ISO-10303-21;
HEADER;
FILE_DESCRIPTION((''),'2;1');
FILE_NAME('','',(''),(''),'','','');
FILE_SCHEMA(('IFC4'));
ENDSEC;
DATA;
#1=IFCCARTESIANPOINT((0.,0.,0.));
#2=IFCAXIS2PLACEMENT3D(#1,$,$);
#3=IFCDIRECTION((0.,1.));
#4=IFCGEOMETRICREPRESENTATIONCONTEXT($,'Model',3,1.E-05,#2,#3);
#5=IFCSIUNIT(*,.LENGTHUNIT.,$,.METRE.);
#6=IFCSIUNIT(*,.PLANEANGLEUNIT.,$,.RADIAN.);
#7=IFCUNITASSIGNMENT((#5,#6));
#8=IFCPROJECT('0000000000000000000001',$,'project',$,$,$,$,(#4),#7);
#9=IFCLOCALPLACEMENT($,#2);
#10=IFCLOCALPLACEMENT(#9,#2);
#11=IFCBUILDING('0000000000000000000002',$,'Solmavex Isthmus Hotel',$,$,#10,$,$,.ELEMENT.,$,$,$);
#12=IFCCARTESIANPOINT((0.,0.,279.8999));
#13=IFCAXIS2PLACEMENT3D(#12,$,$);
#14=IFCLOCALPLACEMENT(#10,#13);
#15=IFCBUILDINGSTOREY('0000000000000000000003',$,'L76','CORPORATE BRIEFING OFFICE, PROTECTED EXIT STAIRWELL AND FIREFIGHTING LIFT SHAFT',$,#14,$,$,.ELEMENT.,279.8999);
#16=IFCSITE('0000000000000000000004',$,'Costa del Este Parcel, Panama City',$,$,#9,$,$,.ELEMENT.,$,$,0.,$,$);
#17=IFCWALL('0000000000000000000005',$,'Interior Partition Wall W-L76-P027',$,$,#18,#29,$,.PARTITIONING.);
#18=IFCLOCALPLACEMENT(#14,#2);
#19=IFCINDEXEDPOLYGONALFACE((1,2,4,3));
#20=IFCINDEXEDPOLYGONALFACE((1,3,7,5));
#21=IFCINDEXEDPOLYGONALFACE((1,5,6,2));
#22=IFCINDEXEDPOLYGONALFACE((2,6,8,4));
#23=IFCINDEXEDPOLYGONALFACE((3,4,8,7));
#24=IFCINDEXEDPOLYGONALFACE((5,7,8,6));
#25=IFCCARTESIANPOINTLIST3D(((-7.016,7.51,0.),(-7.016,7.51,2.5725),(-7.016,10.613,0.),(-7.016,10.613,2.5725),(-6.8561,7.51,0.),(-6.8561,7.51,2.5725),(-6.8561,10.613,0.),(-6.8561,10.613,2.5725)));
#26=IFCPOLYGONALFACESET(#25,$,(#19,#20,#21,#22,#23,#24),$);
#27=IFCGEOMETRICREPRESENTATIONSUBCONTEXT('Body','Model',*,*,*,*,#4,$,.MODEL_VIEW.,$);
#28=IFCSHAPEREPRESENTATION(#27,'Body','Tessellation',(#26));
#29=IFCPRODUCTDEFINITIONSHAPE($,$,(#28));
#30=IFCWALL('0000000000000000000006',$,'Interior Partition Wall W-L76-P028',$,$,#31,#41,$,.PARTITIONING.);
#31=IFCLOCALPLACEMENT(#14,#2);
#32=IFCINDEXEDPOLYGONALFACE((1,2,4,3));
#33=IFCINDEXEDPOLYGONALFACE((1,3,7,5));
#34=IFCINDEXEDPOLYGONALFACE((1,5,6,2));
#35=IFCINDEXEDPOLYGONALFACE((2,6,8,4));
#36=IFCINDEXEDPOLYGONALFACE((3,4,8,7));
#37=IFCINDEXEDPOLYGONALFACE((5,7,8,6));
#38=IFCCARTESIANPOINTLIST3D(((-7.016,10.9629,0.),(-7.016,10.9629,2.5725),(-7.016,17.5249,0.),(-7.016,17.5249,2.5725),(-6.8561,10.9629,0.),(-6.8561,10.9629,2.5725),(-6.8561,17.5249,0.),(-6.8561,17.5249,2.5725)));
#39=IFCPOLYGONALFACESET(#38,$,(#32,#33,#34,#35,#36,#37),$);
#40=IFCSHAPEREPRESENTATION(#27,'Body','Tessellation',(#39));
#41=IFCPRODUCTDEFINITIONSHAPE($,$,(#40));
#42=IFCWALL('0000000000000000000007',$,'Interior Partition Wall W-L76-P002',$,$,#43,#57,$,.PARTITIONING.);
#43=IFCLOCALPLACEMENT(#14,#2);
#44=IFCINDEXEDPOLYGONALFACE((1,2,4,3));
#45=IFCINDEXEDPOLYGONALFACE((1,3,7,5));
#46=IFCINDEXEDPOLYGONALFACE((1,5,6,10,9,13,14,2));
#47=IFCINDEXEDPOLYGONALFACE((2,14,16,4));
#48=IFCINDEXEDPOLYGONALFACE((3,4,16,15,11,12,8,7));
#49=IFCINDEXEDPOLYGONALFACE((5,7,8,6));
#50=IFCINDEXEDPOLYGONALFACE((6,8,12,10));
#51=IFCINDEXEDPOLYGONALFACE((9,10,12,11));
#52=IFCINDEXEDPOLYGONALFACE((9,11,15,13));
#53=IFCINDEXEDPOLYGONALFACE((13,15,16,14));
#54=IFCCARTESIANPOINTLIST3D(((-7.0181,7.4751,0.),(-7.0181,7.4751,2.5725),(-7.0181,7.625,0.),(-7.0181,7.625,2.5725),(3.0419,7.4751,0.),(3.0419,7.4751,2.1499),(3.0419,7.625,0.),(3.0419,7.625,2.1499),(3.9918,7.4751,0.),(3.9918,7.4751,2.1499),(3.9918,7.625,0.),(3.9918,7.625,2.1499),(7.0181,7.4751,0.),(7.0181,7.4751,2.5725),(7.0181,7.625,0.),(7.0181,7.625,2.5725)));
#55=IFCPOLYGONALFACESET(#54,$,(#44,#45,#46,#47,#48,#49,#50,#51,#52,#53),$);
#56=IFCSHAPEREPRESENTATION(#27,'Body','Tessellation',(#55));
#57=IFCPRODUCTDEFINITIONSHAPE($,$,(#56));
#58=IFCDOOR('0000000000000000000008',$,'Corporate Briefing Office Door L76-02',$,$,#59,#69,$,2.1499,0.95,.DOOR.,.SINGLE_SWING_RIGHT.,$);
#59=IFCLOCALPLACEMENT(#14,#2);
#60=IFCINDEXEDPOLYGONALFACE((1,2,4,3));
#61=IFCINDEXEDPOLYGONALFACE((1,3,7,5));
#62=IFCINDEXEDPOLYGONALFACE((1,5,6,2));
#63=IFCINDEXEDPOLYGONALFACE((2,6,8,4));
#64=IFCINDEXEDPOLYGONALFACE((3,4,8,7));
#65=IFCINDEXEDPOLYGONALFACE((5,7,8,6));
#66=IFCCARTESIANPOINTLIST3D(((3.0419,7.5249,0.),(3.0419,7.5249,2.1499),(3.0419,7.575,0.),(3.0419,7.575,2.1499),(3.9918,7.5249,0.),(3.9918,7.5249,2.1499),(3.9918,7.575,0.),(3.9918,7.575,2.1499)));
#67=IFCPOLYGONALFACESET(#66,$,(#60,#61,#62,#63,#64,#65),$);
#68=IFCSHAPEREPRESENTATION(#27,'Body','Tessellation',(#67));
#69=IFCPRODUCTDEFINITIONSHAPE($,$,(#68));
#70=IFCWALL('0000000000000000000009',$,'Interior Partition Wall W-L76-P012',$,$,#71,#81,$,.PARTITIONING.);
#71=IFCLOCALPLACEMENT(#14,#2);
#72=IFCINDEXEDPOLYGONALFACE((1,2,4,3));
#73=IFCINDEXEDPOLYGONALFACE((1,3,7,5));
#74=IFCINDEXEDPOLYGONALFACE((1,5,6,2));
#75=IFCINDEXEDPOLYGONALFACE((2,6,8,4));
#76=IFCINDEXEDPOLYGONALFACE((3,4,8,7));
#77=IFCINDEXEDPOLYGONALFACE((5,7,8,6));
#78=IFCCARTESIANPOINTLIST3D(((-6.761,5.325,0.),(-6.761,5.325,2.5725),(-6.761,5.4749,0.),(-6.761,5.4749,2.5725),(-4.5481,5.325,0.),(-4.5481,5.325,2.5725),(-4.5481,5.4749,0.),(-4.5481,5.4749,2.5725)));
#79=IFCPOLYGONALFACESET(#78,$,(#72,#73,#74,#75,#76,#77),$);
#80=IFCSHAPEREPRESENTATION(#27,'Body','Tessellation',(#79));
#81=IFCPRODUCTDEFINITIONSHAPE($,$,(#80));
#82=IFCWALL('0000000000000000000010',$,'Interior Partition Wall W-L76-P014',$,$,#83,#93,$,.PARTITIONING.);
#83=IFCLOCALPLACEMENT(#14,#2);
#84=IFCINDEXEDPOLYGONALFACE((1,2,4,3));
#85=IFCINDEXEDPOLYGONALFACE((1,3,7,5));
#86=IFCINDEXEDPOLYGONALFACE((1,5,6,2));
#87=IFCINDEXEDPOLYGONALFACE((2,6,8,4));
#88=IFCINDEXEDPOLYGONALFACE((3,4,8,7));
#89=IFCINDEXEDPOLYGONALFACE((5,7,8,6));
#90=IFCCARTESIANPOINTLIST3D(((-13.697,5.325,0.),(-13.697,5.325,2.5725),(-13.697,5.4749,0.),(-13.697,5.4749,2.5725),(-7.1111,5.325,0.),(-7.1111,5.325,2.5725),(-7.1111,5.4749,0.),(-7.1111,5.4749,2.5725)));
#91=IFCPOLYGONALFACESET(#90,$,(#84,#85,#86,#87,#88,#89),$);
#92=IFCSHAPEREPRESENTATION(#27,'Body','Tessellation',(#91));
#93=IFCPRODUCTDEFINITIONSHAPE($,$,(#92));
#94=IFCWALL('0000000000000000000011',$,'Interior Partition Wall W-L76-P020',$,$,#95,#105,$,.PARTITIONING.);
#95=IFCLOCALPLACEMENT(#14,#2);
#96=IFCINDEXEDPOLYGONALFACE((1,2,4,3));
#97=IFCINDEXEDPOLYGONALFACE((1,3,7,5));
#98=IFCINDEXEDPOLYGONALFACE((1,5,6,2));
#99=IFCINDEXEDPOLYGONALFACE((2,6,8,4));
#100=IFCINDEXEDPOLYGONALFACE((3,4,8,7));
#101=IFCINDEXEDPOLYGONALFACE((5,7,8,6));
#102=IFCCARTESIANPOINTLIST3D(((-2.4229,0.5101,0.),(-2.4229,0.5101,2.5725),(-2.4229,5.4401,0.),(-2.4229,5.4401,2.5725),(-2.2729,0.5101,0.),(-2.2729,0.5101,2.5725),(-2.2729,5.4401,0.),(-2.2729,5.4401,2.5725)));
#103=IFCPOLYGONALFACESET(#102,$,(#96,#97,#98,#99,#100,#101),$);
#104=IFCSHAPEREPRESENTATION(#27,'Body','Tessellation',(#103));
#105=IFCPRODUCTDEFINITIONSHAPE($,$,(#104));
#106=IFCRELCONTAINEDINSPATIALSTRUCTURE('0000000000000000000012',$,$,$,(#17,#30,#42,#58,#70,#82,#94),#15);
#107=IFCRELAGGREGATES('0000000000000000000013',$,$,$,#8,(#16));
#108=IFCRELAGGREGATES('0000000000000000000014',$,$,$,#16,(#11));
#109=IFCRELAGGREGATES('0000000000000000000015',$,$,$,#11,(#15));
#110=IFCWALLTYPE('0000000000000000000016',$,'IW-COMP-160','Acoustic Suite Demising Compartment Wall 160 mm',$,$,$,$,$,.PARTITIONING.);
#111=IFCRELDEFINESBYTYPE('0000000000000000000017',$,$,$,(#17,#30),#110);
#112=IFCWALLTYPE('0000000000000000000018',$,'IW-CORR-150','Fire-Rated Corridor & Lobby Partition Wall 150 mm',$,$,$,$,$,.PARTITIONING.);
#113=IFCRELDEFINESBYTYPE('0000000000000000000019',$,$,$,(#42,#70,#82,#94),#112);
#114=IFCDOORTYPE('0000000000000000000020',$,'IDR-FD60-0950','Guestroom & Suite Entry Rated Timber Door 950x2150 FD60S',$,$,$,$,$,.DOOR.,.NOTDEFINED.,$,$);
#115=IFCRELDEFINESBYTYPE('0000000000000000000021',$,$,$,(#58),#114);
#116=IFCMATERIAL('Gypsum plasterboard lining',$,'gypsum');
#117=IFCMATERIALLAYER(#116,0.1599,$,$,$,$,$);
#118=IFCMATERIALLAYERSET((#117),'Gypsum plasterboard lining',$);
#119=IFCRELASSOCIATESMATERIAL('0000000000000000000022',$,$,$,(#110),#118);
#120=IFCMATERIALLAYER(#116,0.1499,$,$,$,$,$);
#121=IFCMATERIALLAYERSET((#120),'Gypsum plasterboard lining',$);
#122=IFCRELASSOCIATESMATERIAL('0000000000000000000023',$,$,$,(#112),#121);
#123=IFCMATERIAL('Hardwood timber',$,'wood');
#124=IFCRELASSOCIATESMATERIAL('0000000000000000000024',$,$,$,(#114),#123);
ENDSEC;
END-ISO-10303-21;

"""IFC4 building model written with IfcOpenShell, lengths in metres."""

from ifc_helpers import new_model, si_unit, direction, frame, frame_2d, origin, place, context, subcontext, project, spatial, rectangle, extrude, material, layer, layer_set, type_object, element, fill, save


model = new_model("IFC4")

# Units and contexts
model_context = context("Model", 3, precision=1e-05, world=origin(), true_north=direction((0.0, 1.0)))
body_context = subcontext(model_context, "Body", "Model", "MODEL_VIEW")
ifc_project = project(units=[si_unit("LENGTHUNIT", "METRE"), si_unit("PLANEANGLEUNIT", "RADIAN")], contexts=[model_context])

# Site, building, storey
site_placement = place(None, origin())
site = spatial("IfcSite", under=ifc_project, at=site_placement, Name="Costa del Este Parcel, Panama City", CompositionType="ELEMENT", RefElevation=0.0)
building_placement = place(site_placement, origin())
building = spatial("IfcBuilding", under=site, at=building_placement, Name="Solmavex Isthmus Hotel", CompositionType="ELEMENT")
storey_placement = place(building_placement, frame((0.0, 0.0, 279.8999)))
storey = spatial("IfcBuildingStorey", under=building, at=storey_placement, Name="L76", Description="CORPORATE BRIEFING OFFICE, PROTECTED EXIT STAIRWELL AND FIREFIGHTING LIFT SHAFT", CompositionType="ELEMENT", Elevation=279.8999)

# Walls
ifc_material_1 = material(Name="Gypsum plasterboard lining", Category="gypsum")
ifc_layer_1 = layer(ifc_material_1, 0.1599)
ifc_layer_set_1 = layer_set([ifc_layer_1], Name="Gypsum plasterboard lining")
wall_type_1 = type_object("IfcWallType", Name="IW-COMP-160", Description="Acoustic Suite Demising Compartment Wall 160 mm", PredefinedType="PARTITIONING", material=ifc_layer_set_1)
wall_1_placement = place(storey_placement, frame((-6.936, 10.613, 0.0), z_axis=(0.0, 0.0, 1.0), x_axis=(0.0, -1.0, 0.0)))
element("IfcWall", 1, at=wall_1_placement, inside=storey, type_object=wall_type_1, Name="Interior Partition Wall W-L76-P027", PredefinedType="PARTITIONING", context=body_context, shape_type="SweptSolid", body=[
    extrude(rectangle(XDim=3.103, YDim=0.1599, at=frame_2d((1.5515, 0.0))), origin(), (0.0, 0.0, 1.0), 2.5725),
])
wall_2_placement = place(storey_placement, frame((-6.936, 17.5249, 0.0), z_axis=(0.0, 0.0, 1.0), x_axis=(0.0, -1.0, 0.0)))
element("IfcWall", 2, at=wall_2_placement, inside=storey, type_object=wall_type_1, Name="Interior Partition Wall W-L76-P028", PredefinedType="PARTITIONING", context=body_context, shape_type="SweptSolid", body=[
    extrude(rectangle(XDim=6.562, YDim=0.1599, at=frame_2d((3.281, 0.0))), origin(), (0.0, 0.0, 1.0), 2.5725),
])

# Wall, opening, door
ifc_layer_2 = layer(ifc_material_1, 0.1499)
ifc_layer_set_2 = layer_set([ifc_layer_2], Name="Gypsum plasterboard lining")
wall_type_2 = type_object("IfcWallType", Name="IW-CORR-150", Description="Fire-Rated Corridor & Lobby Partition Wall 150 mm", PredefinedType="PARTITIONING", material=ifc_layer_set_2)
wall_3_placement = place(storey_placement, frame((-7.0181, 7.55, 0.0), z_axis=(0.0, 0.0, 1.0), x_axis=(1.0, 0.0, 0.0)))
wall_3 = element("IfcWall", 3, at=wall_3_placement, inside=storey, type_object=wall_type_2, Name="Interior Partition Wall W-L76-P002", PredefinedType="PARTITIONING", context=body_context, shape_type="SweptSolid", body=[
    extrude(rectangle(XDim=14.0361, YDim=0.1499, at=frame_2d((7.0181, 0.0))), origin(), (0.0, 0.0, 1.0), 2.5725),
])
opening_placement = place(wall_3_placement, frame((10.0598, 0.0, 0.0)))
opening = element("IfcOpeningElement", 4, at=opening_placement, cuts=wall_3, PredefinedType="OPENING", context=body_context, shape_type="SweptSolid", body=[
    extrude(rectangle(XDim=0.95, YDim=2.1499, at=frame_2d((0.4751, 1.075))), frame((0.0, 0.085, 0.0), z_axis=(0.0, -1.0, 0.0), x_axis=(1.0, 0.0, 0.0)), (0.0, 0.0, 1.0), 0.1699),
])
ifc_material_2 = material(Name="Hardwood timber", Category="wood")
door_type = type_object("IfcDoorType", Name="IDR-FD60-0950", Description="Guestroom & Suite Entry Rated Timber Door 950x2150 FD60S", OperationType="NOTDEFINED", PredefinedType="DOOR", material=ifc_material_2)
door_placement = place(opening_placement, origin())
door = element("IfcDoor", 5, at=door_placement, inside=storey, type_object=door_type, Name="Corporate Briefing Office Door L76-02", OperationType="SINGLE_SWING_RIGHT", OverallHeight=2.1499, OverallWidth=0.95, PredefinedType="DOOR", context=body_context, shape_type="SweptSolid", body=[
    extrude(rectangle(XDim=0.95, YDim=2.1499, at=frame_2d((0.4751, 1.075))), frame((0.0, 0.0249, 0.0), z_axis=(0.0, -1.0, 0.0), x_axis=(1.0, 0.0, 0.0)), (0.0, 0.0, 1.0), 0.05),
])
fill(opening, door)

# Walls
wall_4_placement = place(storey_placement, frame((-4.5481, 5.3999, 0.0), z_axis=(0.0, 0.0, 1.0), x_axis=(-1.0, 0.0, 0.0)))
element("IfcWall", 6, at=wall_4_placement, inside=storey, type_object=wall_type_2, Name="Interior Partition Wall W-L76-P012", PredefinedType="PARTITIONING", context=body_context, shape_type="SweptSolid", body=[
    extrude(rectangle(XDim=2.2129, YDim=0.1499, at=frame_2d((1.1064, 0.0))), origin(), (0.0, 0.0, 1.0), 2.5725),
])
wall_5_placement = place(storey_placement, frame((-7.1111, 5.3999, 0.0), z_axis=(0.0, 0.0, 1.0), x_axis=(-1.0, 0.0, 0.0)))
element("IfcWall", 7, at=wall_5_placement, inside=storey, type_object=wall_type_2, Name="Interior Partition Wall W-L76-P014", PredefinedType="PARTITIONING", context=body_context, shape_type="SweptSolid", body=[
    extrude(rectangle(XDim=6.5859, YDim=0.1499, at=frame_2d((3.293, 0.0))), origin(), (0.0, 0.0, 1.0), 2.5725),
])
wall_6_placement = place(storey_placement, frame((-2.3479, 5.4399, 0.0), z_axis=(0.0, 0.0, 1.0), x_axis=(0.0, -1.0, 0.0)))
element("IfcWall", 8, at=wall_6_placement, inside=storey, type_object=wall_type_2, Name="Interior Partition Wall W-L76-P020", PredefinedType="PARTITIONING", context=body_context, shape_type="SweptSolid", body=[
    extrude(rectangle(XDim=4.9299, YDim=0.1499, at=frame_2d((2.4648, 0.0))), origin(), (0.0, 0.0, 1.0), 2.5725),
])

save(model, "model.ifc")
